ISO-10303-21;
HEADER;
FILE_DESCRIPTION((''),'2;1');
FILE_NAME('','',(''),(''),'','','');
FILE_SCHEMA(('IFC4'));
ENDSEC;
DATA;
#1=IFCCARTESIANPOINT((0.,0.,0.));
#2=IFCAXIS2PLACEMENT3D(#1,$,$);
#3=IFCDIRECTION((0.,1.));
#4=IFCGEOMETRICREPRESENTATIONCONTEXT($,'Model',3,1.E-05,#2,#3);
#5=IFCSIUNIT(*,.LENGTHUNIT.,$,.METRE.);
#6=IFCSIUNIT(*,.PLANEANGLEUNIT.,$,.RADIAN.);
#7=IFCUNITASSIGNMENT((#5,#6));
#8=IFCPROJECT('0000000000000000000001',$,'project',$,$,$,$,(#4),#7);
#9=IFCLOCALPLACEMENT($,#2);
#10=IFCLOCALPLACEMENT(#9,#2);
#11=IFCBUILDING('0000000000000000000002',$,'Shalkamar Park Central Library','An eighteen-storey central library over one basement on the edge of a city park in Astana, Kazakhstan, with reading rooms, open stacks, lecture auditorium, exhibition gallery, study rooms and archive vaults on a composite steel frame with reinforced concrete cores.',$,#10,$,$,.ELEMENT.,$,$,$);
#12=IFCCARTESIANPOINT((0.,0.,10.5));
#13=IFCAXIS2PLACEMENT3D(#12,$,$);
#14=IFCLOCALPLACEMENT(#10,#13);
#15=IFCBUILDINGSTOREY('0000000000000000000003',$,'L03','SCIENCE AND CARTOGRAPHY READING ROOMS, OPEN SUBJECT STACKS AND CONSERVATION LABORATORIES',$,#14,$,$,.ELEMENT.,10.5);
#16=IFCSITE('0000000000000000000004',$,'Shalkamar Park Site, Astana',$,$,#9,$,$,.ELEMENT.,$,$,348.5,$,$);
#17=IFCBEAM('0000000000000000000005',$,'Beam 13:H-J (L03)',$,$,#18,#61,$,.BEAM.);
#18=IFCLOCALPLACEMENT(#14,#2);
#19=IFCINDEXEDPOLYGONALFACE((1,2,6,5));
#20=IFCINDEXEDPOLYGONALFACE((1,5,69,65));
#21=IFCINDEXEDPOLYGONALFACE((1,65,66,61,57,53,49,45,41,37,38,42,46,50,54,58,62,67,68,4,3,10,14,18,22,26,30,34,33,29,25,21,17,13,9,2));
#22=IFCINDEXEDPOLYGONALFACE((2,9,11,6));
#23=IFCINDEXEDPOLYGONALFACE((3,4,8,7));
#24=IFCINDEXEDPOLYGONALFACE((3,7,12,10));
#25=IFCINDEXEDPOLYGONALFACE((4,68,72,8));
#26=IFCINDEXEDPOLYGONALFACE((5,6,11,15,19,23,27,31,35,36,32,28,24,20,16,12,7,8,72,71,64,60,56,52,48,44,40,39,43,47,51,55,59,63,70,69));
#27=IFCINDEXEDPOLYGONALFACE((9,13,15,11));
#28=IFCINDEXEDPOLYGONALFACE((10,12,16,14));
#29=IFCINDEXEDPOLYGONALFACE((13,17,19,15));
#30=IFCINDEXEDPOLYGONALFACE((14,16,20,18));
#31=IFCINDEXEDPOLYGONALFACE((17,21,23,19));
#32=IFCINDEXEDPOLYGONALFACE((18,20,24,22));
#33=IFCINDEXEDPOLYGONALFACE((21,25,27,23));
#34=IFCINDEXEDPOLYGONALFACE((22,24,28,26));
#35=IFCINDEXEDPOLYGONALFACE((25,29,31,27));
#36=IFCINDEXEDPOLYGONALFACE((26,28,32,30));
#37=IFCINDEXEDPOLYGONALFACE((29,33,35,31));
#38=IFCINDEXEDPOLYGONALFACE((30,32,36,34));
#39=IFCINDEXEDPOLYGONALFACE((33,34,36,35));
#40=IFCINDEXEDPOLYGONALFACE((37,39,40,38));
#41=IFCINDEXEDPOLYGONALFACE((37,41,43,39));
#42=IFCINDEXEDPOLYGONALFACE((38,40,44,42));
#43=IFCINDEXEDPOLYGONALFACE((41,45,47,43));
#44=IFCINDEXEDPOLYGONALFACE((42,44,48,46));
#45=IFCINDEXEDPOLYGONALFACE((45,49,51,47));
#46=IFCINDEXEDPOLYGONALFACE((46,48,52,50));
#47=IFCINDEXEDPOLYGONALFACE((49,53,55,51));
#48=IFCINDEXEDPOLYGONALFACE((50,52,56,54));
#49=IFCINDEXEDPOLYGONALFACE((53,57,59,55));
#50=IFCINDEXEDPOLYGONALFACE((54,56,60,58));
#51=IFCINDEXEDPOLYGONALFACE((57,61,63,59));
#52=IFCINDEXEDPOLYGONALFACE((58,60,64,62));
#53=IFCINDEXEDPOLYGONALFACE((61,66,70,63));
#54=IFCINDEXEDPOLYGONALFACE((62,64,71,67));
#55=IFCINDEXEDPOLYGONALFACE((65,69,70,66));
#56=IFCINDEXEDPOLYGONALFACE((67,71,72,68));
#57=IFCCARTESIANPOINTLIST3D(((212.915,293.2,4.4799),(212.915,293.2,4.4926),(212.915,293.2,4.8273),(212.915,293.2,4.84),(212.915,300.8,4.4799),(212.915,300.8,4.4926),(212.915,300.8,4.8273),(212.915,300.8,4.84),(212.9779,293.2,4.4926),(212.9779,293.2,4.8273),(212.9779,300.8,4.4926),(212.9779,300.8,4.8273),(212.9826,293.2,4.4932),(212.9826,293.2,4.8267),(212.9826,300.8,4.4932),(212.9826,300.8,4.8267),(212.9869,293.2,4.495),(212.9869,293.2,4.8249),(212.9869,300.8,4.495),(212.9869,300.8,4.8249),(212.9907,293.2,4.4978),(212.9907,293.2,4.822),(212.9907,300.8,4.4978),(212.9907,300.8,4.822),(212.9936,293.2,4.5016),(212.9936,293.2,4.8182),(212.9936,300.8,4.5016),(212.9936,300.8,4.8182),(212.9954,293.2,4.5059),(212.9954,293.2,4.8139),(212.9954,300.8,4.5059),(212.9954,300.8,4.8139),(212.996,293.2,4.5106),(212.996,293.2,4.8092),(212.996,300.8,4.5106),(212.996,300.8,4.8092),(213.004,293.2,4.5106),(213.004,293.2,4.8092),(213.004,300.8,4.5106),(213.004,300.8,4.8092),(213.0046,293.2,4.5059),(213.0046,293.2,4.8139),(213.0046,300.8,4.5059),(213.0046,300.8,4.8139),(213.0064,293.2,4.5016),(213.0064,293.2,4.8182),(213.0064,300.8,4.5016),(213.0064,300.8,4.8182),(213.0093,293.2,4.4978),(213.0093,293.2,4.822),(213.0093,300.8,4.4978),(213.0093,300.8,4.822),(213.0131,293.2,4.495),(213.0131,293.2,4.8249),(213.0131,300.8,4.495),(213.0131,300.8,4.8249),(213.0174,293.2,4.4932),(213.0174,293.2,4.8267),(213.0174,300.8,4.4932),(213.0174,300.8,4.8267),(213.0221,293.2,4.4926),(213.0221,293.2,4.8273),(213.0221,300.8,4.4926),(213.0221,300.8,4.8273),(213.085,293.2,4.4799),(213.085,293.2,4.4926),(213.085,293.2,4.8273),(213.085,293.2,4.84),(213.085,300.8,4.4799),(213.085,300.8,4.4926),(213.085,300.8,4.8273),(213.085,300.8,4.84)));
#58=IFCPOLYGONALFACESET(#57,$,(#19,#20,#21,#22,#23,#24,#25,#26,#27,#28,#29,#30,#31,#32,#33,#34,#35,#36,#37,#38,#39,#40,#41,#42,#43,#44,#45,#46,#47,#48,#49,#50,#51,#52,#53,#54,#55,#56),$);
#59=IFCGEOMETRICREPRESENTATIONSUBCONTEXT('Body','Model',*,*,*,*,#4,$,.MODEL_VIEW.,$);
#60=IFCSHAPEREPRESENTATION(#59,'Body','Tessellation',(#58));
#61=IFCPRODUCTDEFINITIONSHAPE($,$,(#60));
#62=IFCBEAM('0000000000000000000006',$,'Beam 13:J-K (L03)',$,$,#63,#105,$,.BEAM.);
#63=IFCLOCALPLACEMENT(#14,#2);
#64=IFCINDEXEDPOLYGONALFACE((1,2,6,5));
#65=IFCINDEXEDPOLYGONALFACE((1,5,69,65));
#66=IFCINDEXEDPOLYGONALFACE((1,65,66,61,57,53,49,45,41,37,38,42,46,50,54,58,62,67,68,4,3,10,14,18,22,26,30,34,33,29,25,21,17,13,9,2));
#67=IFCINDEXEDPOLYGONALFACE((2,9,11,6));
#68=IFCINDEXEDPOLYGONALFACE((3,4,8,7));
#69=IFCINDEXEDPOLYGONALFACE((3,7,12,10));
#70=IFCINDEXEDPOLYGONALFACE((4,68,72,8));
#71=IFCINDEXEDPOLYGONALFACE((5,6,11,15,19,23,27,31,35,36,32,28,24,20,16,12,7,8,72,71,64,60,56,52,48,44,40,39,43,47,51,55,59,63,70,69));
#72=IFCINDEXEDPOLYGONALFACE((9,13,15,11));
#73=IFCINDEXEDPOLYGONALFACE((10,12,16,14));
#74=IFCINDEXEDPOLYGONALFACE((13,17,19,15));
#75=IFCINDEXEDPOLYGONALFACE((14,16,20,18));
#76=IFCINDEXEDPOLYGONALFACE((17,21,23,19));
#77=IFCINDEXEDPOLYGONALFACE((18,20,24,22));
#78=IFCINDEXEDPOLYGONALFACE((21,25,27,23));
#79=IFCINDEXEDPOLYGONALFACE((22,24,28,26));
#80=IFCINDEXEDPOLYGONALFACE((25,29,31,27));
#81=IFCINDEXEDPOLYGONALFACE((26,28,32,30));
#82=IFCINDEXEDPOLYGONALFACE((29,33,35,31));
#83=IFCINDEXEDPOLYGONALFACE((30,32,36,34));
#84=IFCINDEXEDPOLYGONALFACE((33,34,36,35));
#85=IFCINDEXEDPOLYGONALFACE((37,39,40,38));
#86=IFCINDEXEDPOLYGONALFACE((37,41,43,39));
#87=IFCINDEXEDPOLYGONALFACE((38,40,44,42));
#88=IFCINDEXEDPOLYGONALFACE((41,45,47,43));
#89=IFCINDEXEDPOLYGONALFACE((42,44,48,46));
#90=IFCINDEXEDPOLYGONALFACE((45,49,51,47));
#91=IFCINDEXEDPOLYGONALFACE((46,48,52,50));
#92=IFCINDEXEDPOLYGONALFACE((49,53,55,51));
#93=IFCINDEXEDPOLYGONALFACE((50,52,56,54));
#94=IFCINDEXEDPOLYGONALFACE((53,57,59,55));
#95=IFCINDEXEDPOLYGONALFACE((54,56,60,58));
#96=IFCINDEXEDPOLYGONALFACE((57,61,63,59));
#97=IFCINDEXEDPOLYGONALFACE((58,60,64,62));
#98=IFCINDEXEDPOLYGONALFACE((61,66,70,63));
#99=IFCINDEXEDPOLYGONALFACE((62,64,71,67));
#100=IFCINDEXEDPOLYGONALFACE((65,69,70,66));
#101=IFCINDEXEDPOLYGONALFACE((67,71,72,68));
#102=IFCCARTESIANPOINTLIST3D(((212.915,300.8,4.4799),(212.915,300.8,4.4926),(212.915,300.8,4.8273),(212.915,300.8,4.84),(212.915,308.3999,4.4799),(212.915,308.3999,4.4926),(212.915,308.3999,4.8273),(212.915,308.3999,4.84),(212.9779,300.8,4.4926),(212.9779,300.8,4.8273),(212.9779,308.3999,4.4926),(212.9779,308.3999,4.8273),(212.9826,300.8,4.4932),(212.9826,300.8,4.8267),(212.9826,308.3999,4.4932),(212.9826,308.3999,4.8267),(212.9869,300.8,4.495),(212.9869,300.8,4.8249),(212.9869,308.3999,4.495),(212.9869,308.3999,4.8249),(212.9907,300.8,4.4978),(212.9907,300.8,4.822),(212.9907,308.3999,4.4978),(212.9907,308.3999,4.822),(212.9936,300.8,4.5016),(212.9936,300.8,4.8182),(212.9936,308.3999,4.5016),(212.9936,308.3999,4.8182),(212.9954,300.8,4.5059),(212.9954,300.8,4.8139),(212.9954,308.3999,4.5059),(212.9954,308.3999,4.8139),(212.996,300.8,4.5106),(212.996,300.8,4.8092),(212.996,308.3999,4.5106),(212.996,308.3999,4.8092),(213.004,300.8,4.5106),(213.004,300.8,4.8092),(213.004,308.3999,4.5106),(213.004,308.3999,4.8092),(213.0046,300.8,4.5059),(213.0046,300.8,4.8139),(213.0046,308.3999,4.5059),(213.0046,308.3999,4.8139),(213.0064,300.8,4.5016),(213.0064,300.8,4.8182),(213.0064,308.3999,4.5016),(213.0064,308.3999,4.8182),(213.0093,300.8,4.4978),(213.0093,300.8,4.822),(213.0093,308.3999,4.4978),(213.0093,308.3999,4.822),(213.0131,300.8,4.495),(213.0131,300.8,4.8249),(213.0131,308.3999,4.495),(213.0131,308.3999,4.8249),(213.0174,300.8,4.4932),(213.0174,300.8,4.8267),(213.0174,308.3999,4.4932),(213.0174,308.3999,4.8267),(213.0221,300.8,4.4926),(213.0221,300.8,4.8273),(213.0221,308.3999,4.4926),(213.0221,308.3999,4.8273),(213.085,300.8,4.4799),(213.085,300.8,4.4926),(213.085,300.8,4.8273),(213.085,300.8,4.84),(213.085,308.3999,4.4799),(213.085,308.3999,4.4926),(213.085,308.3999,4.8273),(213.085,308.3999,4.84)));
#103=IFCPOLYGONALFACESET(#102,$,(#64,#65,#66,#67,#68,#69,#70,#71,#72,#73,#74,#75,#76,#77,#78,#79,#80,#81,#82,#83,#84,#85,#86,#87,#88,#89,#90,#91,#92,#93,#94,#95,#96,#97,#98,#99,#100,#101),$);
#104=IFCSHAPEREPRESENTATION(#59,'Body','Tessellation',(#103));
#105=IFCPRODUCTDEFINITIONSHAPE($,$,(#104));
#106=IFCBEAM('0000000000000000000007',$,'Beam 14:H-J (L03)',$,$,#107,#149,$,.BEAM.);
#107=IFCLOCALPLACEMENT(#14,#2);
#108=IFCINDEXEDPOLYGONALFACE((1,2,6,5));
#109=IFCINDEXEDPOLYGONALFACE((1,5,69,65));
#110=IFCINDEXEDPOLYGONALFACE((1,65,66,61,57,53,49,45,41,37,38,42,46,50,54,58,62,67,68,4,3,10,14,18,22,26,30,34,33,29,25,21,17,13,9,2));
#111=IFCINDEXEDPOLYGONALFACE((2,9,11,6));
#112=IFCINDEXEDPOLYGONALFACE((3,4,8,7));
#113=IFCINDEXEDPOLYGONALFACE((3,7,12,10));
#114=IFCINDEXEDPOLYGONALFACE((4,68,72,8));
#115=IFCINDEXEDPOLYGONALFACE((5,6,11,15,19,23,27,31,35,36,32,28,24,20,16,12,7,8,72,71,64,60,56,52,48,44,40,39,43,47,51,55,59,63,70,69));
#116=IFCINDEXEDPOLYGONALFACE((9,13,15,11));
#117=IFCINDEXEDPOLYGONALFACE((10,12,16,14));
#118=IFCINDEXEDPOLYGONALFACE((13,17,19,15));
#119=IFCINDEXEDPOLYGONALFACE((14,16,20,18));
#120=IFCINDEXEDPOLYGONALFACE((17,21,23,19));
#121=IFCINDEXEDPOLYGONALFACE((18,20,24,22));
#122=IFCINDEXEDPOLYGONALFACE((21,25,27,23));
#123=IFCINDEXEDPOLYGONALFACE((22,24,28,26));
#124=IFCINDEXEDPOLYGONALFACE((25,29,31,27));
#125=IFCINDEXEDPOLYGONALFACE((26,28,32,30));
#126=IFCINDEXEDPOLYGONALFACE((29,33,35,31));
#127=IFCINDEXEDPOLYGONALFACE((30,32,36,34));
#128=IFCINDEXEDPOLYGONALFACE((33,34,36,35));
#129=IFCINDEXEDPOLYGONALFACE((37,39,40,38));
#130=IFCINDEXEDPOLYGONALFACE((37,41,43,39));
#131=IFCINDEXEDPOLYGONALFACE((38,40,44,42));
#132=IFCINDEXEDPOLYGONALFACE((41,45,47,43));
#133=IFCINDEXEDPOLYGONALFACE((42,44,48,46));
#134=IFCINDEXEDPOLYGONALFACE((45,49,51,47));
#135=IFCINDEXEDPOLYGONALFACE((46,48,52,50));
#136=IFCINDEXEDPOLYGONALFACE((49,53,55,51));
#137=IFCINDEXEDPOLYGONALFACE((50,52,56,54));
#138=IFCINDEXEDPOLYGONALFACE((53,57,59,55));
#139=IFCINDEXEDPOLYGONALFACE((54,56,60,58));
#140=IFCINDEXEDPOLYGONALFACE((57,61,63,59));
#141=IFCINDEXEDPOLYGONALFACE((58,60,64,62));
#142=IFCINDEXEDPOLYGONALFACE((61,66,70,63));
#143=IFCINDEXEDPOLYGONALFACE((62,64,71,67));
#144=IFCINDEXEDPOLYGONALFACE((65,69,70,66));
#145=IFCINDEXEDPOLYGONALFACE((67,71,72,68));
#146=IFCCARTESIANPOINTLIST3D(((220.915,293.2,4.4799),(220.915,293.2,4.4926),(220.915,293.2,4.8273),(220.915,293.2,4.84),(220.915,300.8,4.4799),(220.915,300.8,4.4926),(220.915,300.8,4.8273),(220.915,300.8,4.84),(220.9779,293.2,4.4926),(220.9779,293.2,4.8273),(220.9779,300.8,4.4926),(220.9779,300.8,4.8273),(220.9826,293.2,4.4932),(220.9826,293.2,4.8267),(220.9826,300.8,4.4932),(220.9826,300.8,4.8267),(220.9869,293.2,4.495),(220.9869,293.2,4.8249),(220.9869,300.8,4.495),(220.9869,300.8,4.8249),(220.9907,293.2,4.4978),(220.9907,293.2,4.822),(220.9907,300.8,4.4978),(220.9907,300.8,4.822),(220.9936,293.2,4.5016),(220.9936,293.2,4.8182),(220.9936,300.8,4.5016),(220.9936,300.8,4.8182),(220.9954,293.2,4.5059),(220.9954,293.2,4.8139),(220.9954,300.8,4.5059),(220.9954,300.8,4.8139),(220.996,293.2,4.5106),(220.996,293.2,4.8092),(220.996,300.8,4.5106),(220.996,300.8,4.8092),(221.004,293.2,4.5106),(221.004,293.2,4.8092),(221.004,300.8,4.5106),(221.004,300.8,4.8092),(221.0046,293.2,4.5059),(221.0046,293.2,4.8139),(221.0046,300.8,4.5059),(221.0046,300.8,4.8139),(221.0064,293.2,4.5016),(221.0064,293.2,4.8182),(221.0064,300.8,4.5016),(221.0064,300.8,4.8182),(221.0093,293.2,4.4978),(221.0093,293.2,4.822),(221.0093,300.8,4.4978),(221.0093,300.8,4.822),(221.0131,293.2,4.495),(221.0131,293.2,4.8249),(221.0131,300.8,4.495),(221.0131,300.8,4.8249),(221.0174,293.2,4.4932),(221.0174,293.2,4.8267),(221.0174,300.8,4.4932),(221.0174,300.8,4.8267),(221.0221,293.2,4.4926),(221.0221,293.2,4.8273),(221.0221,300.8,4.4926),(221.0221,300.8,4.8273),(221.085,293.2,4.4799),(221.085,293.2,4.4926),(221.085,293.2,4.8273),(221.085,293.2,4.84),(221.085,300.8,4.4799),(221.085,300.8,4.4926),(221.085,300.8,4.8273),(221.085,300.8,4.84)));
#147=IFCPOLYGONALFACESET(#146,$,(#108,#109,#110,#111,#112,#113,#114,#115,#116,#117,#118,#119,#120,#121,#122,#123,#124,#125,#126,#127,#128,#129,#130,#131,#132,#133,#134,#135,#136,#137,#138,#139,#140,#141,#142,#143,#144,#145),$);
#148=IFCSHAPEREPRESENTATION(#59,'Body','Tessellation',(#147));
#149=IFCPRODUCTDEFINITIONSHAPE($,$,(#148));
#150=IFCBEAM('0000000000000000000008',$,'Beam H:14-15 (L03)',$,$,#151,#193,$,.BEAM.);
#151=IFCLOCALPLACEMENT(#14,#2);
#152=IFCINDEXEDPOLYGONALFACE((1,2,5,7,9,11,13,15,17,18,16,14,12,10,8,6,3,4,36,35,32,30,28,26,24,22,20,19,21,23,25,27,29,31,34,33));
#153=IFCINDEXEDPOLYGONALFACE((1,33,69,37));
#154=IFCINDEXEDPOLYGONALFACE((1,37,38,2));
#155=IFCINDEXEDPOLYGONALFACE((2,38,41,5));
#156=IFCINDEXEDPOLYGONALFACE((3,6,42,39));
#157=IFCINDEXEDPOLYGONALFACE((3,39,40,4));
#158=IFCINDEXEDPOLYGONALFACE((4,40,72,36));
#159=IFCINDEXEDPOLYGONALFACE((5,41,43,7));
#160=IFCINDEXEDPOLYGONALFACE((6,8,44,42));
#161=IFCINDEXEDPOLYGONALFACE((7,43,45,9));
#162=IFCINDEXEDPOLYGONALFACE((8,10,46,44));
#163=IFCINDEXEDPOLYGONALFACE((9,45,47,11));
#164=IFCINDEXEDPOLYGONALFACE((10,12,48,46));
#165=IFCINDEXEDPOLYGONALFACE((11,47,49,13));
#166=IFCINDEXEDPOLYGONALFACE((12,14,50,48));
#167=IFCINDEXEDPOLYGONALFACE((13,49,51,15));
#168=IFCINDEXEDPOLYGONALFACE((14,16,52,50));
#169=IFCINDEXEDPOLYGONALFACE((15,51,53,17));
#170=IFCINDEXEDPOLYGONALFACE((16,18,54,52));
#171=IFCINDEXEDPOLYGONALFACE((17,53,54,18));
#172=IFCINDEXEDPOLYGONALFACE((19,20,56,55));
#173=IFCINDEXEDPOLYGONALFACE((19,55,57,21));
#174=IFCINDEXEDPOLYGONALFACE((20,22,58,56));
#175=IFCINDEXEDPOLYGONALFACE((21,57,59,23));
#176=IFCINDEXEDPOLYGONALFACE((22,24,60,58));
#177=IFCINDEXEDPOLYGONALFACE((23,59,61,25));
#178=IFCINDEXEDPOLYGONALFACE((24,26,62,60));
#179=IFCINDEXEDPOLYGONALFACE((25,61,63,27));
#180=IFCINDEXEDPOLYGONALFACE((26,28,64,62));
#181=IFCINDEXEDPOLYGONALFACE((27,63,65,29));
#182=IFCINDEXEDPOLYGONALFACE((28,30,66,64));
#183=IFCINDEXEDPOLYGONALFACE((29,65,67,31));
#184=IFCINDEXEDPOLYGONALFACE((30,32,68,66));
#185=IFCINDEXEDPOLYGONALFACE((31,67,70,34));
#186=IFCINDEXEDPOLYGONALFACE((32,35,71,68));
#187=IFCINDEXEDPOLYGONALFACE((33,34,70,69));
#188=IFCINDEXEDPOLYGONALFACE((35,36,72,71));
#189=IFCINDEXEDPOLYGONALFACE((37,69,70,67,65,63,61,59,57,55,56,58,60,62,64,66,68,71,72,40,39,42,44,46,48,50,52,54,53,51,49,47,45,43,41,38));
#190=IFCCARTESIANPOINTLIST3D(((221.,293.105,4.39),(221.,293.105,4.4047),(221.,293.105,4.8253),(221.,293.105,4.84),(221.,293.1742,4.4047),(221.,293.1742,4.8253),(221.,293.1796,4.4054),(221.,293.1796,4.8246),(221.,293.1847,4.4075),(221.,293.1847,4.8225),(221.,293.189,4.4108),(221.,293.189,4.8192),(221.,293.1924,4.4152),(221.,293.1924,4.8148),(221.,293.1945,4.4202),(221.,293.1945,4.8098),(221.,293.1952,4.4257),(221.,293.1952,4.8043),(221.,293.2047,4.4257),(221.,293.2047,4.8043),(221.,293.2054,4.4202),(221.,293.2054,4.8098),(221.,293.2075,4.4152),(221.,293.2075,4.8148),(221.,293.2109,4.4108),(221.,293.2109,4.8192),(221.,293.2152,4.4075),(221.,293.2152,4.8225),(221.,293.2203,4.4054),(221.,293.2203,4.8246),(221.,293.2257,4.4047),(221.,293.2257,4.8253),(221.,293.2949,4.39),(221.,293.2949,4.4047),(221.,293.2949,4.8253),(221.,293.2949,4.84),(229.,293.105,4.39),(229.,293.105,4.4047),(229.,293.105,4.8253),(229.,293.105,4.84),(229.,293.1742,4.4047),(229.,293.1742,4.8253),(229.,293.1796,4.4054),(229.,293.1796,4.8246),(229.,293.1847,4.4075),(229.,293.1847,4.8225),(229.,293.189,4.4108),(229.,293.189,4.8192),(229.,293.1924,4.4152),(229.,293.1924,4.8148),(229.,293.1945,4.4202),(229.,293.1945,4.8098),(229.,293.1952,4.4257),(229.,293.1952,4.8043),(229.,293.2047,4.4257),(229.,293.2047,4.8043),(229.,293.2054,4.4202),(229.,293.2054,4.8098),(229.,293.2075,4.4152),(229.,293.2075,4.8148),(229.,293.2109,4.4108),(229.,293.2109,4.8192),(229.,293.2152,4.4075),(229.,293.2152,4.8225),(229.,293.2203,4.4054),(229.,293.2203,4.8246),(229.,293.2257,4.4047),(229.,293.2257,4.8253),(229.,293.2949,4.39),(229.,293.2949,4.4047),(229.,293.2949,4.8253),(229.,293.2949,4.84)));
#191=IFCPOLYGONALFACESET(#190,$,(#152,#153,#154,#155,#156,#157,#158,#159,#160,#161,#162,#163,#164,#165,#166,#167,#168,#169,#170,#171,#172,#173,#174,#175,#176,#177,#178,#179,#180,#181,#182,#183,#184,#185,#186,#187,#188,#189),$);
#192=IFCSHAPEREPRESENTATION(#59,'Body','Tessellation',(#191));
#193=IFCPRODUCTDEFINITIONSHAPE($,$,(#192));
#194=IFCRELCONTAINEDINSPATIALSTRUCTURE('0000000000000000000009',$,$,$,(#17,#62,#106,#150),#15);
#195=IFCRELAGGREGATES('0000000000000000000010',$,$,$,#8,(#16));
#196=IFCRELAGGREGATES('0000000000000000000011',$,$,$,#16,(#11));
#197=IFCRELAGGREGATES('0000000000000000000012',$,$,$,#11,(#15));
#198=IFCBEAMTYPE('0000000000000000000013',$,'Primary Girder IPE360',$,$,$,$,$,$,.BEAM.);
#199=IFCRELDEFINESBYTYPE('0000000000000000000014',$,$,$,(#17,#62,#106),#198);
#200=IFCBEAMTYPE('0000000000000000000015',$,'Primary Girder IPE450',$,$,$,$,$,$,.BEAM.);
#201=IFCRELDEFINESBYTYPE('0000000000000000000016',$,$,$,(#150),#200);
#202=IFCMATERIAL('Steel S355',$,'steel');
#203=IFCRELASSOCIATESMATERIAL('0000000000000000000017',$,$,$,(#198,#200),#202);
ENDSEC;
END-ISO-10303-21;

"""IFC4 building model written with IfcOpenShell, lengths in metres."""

from ifc_helpers import new_model, si_unit, direction, frame, origin, origin_2d, place, context, subcontext, project, spatial, i_section, extrude, material, material_profile, profile_set, type_object, element, save


model = new_model("IFC4")

# Units and contexts
model_context = context("Model", 3, precision=1e-05, world=origin(), true_north=direction((0.0, 1.0)))
body_context = subcontext(model_context, "Body", "Model", "MODEL_VIEW")
ifc_project = project(units=[si_unit("LENGTHUNIT", "METRE"), si_unit("PLANEANGLEUNIT", "RADIAN")], contexts=[model_context])

# Site, building, storey
site_placement = place(None, origin())
site = spatial("IfcSite", under=ifc_project, at=site_placement, Name="Shalkamar Park Site, Astana", CompositionType="ELEMENT", RefElevation=348.5)
building_placement = place(site_placement, origin())
building = spatial("IfcBuilding", under=site, at=building_placement, Name="Shalkamar Park Central Library", Description="An eighteen-storey central library over one basement on the edge of a city park in Astana, Kazakhstan, with reading rooms, open stacks, lecture auditorium, exhibition gallery, study rooms and archive vaults on a composite steel frame with reinforced concrete cores.", CompositionType="ELEMENT")
storey_placement = place(building_placement, frame((0.0, 0.0, 10.5)))
storey = spatial("IfcBuildingStorey", under=building, at=storey_placement, Name="L03", Description="SCIENCE AND CARTOGRAPHY READING ROOMS, OPEN SUBJECT STACKS AND CONSERVATION LABORATORIES", CompositionType="ELEMENT", Elevation=10.5)

# Shared definitions
ifc_material_1 = material(Name="Steel S355", Category="steel")

# Beams
ifc_material_profile_1 = material_profile(ifc_material_1, i_section(OverallWidth=0.1699, OverallDepth=0.3601, WebThickness=0.0081, FlangeThickness=0.0127, FilletRadius=0.0181, at=origin_2d()), Name="IPE 360")
ifc_profile_set_1 = profile_set([ifc_material_profile_1], Name="Steel S355")
beam_type_1 = type_object("IfcBeamType", Name="Primary Girder IPE360", PredefinedType="BEAM", material=ifc_profile_set_1)
beam_1_placement = place(storey_placement, frame((213.0, 293.2, 4.6599), z_axis=(0.0, 1.0, 0.0), x_axis=(-1.0, 0.0, 0.0)))
element("IfcBeam", 1, at=beam_1_placement, inside=storey, type_object=beam_type_1, Name="Beam 13:H-J (L03)", PredefinedType="BEAM", context=body_context, shape_type="SweptSolid", body=[
    extrude(i_section(OverallWidth=0.1699, OverallDepth=0.3601, WebThickness=0.0081, FlangeThickness=0.0127, FilletRadius=0.0181, at=origin_2d()), origin(), (0.0, 0.0, 1.0), 7.6001),
])
beam_2_placement = place(storey_placement, frame((213.0, 300.8, 4.6599), z_axis=(0.0, 1.0, 0.0), x_axis=(-1.0, 0.0, 0.0)))
element("IfcBeam", 2, at=beam_2_placement, inside=storey, type_object=beam_type_1, Name="Beam 13:J-K (L03)", PredefinedType="BEAM", context=body_context, shape_type="SweptSolid", body=[
    extrude(i_section(OverallWidth=0.1699, OverallDepth=0.3601, WebThickness=0.0081, FlangeThickness=0.0127, FilletRadius=0.0181, at=origin_2d()), origin(), (0.0, 0.0, 1.0), 7.5999),
])
beam_3_placement = place(storey_placement, frame((221.0, 293.2, 4.6599), z_axis=(0.0, 1.0, 0.0), x_axis=(-1.0, 0.0, 0.0)))
element("IfcBeam", 3, at=beam_3_placement, inside=storey, type_object=beam_type_1, Name="Beam 14:H-J (L03)", PredefinedType="BEAM", context=body_context, shape_type="SweptSolid", body=[
    extrude(i_section(OverallWidth=0.1699, OverallDepth=0.3601, WebThickness=0.0081, FlangeThickness=0.0127, FilletRadius=0.0181, at=origin_2d()), origin(), (0.0, 0.0, 1.0), 7.6001),
])
ifc_material_profile_2 = material_profile(ifc_material_1, i_section(OverallWidth=0.1899, OverallDepth=0.45, WebThickness=0.0095, FlangeThickness=0.0146, FilletRadius=0.021, at=origin_2d()), Name="IPE 450")
ifc_profile_set_2 = profile_set([ifc_material_profile_2], Name="Steel S355")
beam_type_2 = type_object("IfcBeamType", Name="Primary Girder IPE450", PredefinedType="BEAM", material=ifc_profile_set_2)
for number, where, z_axis, x_axis, name in (
    (4, (221.0, 293.2, 4.615), (1.0, 0.0, 0.0), (0.0, 1.0, 0.0), "Beam H:14-15 (L03)"),
):
    element("IfcBeam", number, at=place(storey_placement, frame(where, z_axis=z_axis, x_axis=x_axis)), inside=storey, type_object=beam_type_2, Name=name, PredefinedType="BEAM", context=body_context, shape_type="SweptSolid", body=[
        extrude(i_section(OverallWidth=0.1899, OverallDepth=0.45, WebThickness=0.0095, FlangeThickness=0.0146, FilletRadius=0.021, at=origin_2d()), origin(), (0.0, 0.0, 1.0), 8.0),
    ])

save(model, "model.ifc")
